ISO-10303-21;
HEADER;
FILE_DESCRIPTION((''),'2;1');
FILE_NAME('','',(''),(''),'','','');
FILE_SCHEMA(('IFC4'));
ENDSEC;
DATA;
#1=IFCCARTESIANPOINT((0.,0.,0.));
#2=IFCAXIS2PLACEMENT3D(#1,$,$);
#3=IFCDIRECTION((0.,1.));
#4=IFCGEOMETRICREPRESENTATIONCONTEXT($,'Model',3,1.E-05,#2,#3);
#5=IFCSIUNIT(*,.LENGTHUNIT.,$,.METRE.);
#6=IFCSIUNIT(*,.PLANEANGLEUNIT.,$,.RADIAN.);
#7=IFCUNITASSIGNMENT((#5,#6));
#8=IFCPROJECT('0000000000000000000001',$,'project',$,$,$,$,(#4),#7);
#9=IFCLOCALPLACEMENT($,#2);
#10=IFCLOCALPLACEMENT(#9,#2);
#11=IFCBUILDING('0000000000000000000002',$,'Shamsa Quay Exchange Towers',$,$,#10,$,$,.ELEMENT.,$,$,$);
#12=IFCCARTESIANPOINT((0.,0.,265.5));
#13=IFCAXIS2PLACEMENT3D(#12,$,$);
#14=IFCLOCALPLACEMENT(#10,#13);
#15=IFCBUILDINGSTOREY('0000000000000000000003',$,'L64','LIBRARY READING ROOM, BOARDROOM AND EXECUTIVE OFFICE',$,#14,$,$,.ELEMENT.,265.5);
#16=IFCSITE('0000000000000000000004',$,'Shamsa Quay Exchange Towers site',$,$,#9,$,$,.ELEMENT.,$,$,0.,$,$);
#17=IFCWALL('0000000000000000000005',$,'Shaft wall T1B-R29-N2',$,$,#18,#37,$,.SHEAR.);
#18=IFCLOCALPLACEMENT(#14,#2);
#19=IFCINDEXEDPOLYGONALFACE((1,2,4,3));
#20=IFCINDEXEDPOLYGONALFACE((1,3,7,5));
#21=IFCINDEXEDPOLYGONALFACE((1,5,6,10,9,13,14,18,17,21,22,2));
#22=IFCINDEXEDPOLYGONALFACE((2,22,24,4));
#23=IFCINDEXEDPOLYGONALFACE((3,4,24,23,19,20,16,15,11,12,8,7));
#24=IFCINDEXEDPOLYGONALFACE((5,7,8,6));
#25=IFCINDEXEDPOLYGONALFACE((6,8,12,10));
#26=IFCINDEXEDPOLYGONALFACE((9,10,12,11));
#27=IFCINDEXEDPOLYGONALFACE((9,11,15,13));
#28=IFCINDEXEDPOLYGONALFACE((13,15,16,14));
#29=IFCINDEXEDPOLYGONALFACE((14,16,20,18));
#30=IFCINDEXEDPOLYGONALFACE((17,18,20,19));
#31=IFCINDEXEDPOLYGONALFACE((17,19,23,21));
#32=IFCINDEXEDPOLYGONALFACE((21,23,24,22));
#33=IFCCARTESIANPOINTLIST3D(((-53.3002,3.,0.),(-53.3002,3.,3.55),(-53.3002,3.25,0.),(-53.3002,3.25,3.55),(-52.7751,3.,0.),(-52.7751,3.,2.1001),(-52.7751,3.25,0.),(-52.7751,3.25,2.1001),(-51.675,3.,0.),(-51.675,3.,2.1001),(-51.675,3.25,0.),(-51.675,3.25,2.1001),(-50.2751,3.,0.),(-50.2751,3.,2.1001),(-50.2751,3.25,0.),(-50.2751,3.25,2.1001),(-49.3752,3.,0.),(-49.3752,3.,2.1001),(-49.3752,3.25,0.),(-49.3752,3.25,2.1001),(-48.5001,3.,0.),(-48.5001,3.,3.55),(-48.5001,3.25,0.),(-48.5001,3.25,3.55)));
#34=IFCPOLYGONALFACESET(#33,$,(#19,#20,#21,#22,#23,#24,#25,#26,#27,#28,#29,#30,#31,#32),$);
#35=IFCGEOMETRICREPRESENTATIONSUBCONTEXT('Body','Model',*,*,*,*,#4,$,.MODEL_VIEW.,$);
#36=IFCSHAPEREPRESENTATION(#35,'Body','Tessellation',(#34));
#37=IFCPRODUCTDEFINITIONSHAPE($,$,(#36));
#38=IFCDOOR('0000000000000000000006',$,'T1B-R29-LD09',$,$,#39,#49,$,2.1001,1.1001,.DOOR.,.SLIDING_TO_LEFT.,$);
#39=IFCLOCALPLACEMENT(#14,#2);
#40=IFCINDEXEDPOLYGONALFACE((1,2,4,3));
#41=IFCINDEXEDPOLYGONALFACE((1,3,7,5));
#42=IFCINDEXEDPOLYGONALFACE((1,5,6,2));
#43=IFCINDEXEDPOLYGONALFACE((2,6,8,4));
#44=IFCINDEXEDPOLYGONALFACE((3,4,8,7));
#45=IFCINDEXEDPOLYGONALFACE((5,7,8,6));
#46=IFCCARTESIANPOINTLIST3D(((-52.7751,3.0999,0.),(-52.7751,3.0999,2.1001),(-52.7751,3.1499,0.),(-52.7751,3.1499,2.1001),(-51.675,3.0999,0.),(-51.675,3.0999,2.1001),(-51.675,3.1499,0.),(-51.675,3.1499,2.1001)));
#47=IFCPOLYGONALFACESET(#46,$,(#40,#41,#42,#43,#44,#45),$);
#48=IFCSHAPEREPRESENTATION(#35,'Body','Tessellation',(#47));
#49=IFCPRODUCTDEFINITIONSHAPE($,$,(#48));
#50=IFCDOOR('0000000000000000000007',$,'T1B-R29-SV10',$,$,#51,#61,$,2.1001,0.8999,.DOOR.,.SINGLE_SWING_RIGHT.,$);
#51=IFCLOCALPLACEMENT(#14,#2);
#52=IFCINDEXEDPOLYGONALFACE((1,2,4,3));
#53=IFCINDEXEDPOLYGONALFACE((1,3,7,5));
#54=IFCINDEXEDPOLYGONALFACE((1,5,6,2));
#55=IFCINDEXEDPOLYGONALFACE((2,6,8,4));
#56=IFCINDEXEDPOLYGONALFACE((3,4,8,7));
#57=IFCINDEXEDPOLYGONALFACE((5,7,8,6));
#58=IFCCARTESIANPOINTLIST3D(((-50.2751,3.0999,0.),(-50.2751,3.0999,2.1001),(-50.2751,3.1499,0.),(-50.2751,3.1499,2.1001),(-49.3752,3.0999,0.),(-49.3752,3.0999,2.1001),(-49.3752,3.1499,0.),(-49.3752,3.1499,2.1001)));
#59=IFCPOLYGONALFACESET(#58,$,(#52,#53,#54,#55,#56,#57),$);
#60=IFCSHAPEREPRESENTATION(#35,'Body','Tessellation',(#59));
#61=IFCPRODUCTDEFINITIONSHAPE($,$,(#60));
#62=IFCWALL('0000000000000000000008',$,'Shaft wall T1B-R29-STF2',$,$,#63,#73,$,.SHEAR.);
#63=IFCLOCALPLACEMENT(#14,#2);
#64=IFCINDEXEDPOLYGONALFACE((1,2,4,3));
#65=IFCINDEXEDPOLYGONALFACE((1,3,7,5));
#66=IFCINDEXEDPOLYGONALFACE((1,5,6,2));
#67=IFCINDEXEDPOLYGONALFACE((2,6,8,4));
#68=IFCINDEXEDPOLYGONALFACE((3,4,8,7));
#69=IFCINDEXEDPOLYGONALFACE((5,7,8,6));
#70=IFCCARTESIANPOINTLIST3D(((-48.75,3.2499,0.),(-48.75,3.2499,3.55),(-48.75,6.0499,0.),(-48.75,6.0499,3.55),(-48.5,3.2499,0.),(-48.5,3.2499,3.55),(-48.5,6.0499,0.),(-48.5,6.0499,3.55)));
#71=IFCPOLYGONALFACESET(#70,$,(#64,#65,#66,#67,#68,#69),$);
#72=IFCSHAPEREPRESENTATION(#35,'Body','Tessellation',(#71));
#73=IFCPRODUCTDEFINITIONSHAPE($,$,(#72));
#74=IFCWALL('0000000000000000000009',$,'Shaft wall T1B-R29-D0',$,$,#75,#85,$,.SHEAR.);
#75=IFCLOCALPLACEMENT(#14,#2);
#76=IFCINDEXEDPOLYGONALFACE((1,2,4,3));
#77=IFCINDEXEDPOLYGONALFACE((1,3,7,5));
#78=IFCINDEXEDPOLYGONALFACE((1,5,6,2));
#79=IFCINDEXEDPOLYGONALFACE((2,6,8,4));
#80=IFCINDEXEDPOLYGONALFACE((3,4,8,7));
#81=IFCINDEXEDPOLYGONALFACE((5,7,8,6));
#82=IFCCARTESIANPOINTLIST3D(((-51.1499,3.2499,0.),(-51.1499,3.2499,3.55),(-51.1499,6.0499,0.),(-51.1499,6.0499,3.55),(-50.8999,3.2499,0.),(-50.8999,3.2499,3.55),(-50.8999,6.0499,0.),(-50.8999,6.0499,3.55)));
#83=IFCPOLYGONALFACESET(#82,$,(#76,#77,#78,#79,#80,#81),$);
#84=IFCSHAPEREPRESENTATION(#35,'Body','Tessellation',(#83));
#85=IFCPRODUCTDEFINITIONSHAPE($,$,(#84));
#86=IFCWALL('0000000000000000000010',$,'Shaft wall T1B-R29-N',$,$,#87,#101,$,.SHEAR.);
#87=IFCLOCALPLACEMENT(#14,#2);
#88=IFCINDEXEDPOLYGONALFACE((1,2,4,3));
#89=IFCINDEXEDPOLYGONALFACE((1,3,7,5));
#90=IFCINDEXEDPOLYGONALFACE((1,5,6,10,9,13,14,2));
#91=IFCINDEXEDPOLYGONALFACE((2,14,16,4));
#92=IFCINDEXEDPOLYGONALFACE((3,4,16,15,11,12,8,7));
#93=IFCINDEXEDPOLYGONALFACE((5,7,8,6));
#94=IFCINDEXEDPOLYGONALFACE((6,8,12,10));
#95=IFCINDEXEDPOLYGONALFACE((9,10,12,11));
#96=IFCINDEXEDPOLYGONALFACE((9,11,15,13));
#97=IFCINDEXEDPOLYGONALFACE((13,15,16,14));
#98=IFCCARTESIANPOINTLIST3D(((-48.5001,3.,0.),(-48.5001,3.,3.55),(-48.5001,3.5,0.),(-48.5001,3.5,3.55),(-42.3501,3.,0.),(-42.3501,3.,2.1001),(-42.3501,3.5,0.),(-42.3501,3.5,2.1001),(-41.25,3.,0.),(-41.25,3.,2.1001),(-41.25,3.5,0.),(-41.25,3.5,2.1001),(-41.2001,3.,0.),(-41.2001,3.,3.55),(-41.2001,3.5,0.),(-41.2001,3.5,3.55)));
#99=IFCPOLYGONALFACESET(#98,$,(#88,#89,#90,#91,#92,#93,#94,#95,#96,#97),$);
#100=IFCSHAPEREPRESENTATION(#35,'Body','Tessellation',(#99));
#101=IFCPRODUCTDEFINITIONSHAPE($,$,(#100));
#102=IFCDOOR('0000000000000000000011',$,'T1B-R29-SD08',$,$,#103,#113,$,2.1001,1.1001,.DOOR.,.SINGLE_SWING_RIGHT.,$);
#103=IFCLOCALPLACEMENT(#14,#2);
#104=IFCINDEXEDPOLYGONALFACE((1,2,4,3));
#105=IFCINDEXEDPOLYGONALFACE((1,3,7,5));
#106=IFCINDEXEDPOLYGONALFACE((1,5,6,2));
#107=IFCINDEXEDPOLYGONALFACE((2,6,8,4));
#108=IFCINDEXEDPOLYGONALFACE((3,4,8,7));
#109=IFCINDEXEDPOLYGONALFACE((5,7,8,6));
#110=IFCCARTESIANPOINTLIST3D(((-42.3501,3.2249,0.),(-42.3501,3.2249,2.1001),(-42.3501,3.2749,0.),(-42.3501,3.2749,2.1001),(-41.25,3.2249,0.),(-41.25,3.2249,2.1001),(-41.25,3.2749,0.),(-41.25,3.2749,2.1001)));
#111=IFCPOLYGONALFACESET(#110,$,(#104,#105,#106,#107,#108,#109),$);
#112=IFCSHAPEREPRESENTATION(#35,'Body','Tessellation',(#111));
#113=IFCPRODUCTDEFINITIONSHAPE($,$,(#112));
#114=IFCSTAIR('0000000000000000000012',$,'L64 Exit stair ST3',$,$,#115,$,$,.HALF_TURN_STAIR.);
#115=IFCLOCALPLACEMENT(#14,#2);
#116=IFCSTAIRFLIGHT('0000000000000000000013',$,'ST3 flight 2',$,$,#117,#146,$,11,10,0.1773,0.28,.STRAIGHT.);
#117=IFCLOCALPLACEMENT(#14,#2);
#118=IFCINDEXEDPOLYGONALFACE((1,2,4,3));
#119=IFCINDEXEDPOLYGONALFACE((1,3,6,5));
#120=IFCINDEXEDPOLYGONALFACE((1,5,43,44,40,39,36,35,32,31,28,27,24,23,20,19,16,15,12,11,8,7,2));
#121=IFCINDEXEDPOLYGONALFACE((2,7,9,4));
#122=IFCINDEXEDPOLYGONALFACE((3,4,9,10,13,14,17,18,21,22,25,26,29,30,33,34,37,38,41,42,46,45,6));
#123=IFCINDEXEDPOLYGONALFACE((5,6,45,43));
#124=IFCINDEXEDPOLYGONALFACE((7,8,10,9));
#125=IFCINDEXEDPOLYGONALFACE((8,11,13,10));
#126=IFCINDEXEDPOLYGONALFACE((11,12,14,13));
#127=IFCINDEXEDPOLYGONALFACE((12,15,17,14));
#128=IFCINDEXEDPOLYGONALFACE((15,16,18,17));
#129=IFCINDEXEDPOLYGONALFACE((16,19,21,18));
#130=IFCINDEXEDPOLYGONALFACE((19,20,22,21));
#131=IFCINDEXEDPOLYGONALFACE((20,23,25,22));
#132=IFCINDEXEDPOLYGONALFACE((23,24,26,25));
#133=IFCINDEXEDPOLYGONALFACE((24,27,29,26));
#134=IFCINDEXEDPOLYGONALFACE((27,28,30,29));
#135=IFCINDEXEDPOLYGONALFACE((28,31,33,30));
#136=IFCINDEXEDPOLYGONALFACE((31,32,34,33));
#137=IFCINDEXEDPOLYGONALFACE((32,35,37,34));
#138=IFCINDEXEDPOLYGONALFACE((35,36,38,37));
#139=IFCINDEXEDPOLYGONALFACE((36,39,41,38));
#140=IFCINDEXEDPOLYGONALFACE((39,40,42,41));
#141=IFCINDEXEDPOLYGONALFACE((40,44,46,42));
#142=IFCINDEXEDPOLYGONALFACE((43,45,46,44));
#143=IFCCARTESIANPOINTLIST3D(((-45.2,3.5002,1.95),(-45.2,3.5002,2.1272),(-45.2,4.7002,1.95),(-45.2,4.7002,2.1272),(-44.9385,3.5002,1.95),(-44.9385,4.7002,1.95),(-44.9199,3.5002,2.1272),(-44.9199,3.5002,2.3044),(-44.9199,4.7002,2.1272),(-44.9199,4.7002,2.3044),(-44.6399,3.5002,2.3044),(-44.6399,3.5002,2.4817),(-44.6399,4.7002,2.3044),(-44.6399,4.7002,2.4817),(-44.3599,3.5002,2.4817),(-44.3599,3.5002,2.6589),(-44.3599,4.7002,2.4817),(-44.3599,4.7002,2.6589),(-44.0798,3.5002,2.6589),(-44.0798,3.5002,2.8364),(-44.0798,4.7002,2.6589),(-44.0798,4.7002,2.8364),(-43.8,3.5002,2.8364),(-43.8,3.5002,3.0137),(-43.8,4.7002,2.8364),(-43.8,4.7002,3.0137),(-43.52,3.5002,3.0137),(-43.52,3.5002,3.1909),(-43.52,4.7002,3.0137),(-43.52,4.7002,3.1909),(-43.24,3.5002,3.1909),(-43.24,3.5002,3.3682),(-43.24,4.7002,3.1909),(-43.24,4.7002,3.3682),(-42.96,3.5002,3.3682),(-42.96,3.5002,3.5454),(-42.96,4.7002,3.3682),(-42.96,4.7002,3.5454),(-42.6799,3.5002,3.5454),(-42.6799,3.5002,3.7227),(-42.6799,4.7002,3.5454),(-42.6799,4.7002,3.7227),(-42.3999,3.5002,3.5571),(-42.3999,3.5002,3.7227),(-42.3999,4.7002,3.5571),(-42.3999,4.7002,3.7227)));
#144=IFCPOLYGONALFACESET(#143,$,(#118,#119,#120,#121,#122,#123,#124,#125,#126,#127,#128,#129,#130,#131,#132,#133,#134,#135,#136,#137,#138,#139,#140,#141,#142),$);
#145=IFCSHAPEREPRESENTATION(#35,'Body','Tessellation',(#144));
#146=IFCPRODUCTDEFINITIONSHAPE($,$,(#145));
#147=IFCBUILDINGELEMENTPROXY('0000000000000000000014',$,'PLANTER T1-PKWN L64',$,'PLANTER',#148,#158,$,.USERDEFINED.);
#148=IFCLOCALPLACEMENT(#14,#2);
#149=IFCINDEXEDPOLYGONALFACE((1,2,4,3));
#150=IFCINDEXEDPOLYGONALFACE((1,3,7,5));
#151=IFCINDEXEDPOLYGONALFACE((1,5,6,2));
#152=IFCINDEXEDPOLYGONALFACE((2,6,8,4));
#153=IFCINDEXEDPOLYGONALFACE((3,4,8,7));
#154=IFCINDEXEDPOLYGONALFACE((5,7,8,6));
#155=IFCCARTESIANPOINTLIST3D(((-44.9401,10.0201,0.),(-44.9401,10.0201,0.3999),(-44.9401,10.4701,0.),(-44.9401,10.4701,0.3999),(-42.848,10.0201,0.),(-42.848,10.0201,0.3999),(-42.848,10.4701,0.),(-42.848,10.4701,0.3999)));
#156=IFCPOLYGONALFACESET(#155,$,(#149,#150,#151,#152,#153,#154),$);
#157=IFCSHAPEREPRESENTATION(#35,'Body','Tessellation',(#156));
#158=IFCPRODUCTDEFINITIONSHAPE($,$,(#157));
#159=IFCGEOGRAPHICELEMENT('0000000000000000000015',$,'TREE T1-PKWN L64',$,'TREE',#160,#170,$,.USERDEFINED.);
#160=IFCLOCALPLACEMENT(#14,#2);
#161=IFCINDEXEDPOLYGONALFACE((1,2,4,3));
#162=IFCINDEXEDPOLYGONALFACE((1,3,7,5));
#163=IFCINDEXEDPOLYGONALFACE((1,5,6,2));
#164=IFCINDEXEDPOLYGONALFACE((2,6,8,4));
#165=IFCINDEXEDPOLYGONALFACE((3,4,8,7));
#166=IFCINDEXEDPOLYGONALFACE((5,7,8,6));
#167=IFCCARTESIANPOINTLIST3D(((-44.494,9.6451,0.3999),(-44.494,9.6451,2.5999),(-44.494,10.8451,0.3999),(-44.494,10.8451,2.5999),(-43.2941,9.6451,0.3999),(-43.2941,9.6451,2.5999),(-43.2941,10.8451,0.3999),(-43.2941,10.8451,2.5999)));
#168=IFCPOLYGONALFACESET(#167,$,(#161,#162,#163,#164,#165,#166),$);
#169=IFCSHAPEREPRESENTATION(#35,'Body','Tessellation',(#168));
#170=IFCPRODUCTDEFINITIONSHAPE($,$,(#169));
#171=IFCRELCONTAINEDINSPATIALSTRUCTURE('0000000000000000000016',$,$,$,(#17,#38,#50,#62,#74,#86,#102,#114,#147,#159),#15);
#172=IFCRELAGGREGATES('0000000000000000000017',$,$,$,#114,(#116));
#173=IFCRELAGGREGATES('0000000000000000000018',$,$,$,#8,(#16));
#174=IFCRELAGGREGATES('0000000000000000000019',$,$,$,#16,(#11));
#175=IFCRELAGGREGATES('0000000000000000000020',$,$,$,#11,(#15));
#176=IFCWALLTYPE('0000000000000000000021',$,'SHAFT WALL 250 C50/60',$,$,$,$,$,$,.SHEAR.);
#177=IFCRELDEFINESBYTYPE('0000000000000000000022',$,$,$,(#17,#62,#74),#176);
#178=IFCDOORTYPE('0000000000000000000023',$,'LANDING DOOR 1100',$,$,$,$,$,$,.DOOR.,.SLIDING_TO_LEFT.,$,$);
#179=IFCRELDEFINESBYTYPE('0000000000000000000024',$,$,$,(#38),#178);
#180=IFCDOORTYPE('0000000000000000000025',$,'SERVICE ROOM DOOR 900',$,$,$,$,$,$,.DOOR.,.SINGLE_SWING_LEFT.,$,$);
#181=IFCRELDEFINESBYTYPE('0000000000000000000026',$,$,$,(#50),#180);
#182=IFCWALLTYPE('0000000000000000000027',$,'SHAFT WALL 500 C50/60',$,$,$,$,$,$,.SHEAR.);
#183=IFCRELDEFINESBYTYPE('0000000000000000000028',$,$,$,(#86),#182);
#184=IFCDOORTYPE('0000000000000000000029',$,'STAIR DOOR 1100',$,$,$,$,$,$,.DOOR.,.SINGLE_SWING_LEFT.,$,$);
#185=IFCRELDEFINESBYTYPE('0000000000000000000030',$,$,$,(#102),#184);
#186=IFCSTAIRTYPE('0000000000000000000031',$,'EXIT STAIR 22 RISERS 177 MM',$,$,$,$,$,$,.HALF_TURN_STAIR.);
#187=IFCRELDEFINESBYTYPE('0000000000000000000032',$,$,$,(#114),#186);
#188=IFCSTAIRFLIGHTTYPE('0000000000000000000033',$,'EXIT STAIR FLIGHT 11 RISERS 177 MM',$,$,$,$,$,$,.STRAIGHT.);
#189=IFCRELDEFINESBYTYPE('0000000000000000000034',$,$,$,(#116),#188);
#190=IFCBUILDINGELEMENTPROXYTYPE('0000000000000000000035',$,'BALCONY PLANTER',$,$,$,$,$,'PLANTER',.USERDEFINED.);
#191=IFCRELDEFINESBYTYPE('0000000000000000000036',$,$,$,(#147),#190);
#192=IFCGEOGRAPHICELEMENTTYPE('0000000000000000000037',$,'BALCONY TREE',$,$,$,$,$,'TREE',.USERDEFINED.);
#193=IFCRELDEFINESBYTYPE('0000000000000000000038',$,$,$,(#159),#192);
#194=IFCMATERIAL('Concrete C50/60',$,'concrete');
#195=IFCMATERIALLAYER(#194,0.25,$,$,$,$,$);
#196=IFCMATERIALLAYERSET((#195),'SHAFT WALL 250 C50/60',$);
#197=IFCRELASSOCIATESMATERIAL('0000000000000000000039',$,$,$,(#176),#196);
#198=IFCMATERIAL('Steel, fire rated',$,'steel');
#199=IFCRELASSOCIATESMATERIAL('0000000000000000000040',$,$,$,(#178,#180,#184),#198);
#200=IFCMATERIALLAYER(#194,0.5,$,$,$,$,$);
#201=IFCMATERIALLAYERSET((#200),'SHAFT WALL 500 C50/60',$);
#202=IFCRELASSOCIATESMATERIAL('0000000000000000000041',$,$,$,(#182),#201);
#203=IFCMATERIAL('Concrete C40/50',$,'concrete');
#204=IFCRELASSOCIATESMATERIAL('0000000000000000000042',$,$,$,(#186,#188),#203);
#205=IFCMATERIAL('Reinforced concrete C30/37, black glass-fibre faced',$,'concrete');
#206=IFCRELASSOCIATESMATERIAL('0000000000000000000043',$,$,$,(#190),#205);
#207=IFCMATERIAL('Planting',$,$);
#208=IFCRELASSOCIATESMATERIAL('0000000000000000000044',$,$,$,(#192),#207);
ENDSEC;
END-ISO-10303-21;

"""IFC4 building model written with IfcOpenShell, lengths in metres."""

from ifc_helpers import new_model, si_unit, direction, frame, frame_2d, origin, origin_2d, place, context, subcontext, project, spatial, polyline, rectangle, outline, extrude, material, layer, layer_set, type_object, element, fill, aggregate, save


model = new_model("IFC4")

# Units and contexts
model_context = context("Model", 3, precision=1e-05, world=origin(), true_north=direction((0.0, 1.0)))
body_context = subcontext(model_context, "Body", "Model", "MODEL_VIEW")
ifc_project = project(units=[si_unit("LENGTHUNIT", "METRE"), si_unit("PLANEANGLEUNIT", "RADIAN")], contexts=[model_context])

# Site, building, storey
site_placement = place(None, origin())
site = spatial("IfcSite", under=ifc_project, at=site_placement, Name="Shamsa Quay Exchange Towers site", CompositionType="ELEMENT", RefElevation=0.0)
building_placement = place(site_placement, origin())
building = spatial("IfcBuilding", under=site, at=building_placement, Name="Shamsa Quay Exchange Towers", CompositionType="ELEMENT")
storey_placement = place(building_placement, frame((0.0, 0.0, 265.5)))
storey = spatial("IfcBuildingStorey", under=building, at=storey_placement, Name="L64", Description="LIBRARY READING ROOM, BOARDROOM AND EXECUTIVE OFFICE", CompositionType="ELEMENT", Elevation=265.5)

# Shared definitions
ifc_material_1 = material(Name="Concrete C50/60", Category="concrete")
ifc_layer_1 = layer(ifc_material_1, 0.25)
ifc_layer_set_1 = layer_set([ifc_layer_1], Name="SHAFT WALL 250 C50/60")
wall_type_1 = type_object("IfcWallType", Name="SHAFT WALL 250 C50/60", PredefinedType="SHEAR", material=ifc_layer_set_1)
ifc_material_2 = material(Name="Steel, fire rated", Category="steel")

# Wall, openings, doors
wall_1_placement = place(storey_placement, frame((-53.3, 3.125, 0.0)))
wall_1 = element("IfcWall", 1, at=wall_1_placement, inside=storey, type_object=wall_type_1, Name="Shaft wall T1B-R29-N2", PredefinedType="SHEAR", context=body_context, shape_type="SweptSolid", body=[
    extrude(rectangle(XDim=4.8, YDim=0.25, at=frame_2d((2.3999, 0.0))), origin(), (0.0, 0.0, 1.0), 3.55),
])
opening_1_placement = place(wall_1_placement, frame((0.5249, 0.0, 0.0)))
opening_1 = element("IfcOpeningElement", 2, at=opening_1_placement, cuts=wall_1, PredefinedType="OPENING", context=body_context, shape_type="SweptSolid", body=[
    extrude(rectangle(XDim=1.1001, YDim=2.1001, at=frame_2d((0.55, 1.05))), frame((0.0, 0.135, 0.0), z_axis=(0.0, -1.0, 0.0), x_axis=(1.0, 0.0, 0.0)), (0.0, 0.0, 1.0), 0.27),
])
opening_2_placement = place(wall_1_placement, frame((3.0249, 0.0, 0.0)))
opening_2 = element("IfcOpeningElement", 3, at=opening_2_placement, cuts=wall_1, PredefinedType="OPENING", context=body_context, shape_type="SweptSolid", body=[
    extrude(rectangle(XDim=0.8999, YDim=2.1001, at=frame_2d((0.45, 1.05))), frame((0.0, 0.135, 0.0), z_axis=(0.0, -1.0, 0.0), x_axis=(1.0, 0.0, 0.0)), (0.0, 0.0, 1.0), 0.27),
])
door_type_1 = type_object("IfcDoorType", Name="LANDING DOOR 1100", OperationType="SLIDING_TO_LEFT", PredefinedType="DOOR", material=ifc_material_2)
door_1_placement = place(opening_1_placement, origin())
door_1 = element("IfcDoor", 4, at=door_1_placement, inside=storey, type_object=door_type_1, Name="T1B-R29-LD09", OperationType="SLIDING_TO_LEFT", OverallHeight=2.1001, OverallWidth=1.1001, PredefinedType="DOOR", context=body_context, shape_type="SweptSolid", body=[
    extrude(rectangle(XDim=1.1001, YDim=2.1001, at=frame_2d((0.55, 1.05))), frame((0.0, 0.0249, 0.0), z_axis=(0.0, -1.0, 0.0), x_axis=(1.0, 0.0, 0.0)), (0.0, 0.0, 1.0), 0.05),
])
fill(opening_1, door_1)
door_type_2 = type_object("IfcDoorType", Name="SERVICE ROOM DOOR 900", OperationType="SINGLE_SWING_LEFT", PredefinedType="DOOR", material=ifc_material_2)
door_2_placement = place(opening_2_placement, origin())
door_2 = element("IfcDoor", 5, at=door_2_placement, inside=storey, type_object=door_type_2, Name="T1B-R29-SV10", OperationType="SINGLE_SWING_RIGHT", OverallHeight=2.1001, OverallWidth=0.8999, PredefinedType="DOOR", context=body_context, shape_type="SweptSolid", body=[
    extrude(rectangle(XDim=0.8999, YDim=2.1001, at=frame_2d((0.45, 1.05))), frame((0.0, 0.0249, 0.0), z_axis=(0.0, -1.0, 0.0), x_axis=(1.0, 0.0, 0.0)), (0.0, 0.0, 1.0), 0.05),
])
fill(opening_2, door_2)

# Walls
for number, where, z_axis, x_axis, name in (
    (6, (-48.625, 3.25, 0.0), (0.0, 0.0, 1.0), (0.0, 1.0, 0.0), "Shaft wall T1B-R29-STF2"),
    (7, (-51.0249, 3.25, 0.0), (0.0, 0.0, 1.0), (0.0, 1.0, 0.0), "Shaft wall T1B-R29-D0"),
):
    element("IfcWall", number, at=place(storey_placement, frame(where, z_axis=z_axis, x_axis=x_axis)), inside=storey, type_object=wall_type_1, Name=name, PredefinedType="SHEAR", context=body_context, shape_type="SweptSolid", body=[
        extrude(rectangle(XDim=2.8, YDim=0.25, at=frame_2d((1.3999, 0.0))), origin(), (0.0, 0.0, 1.0), 3.55),
    ])

# Wall, opening, door
ifc_layer_2 = layer(ifc_material_1, 0.5)
ifc_layer_set_2 = layer_set([ifc_layer_2], Name="SHAFT WALL 500 C50/60")
wall_type_2 = type_object("IfcWallType", Name="SHAFT WALL 500 C50/60", PredefinedType="SHEAR", material=ifc_layer_set_2)
wall_2_placement = place(storey_placement, frame((-48.5, 3.25, 0.0)))
wall_2 = element("IfcWall", 8, at=wall_2_placement, inside=storey, type_object=wall_type_2, Name="Shaft wall T1B-R29-N", PredefinedType="SHEAR", context=body_context, shape_type="SweptSolid", body=[
    extrude(rectangle(XDim=7.3, YDim=0.5, at=frame_2d((3.6499, 0.0))), origin(), (0.0, 0.0, 1.0), 3.55),
])
opening_3_placement = place(wall_2_placement, frame((6.1499, 0.0, 0.0)))
opening_3 = element("IfcOpeningElement", 9, at=opening_3_placement, cuts=wall_2, PredefinedType="OPENING", context=body_context, shape_type="SweptSolid", body=[
    extrude(rectangle(XDim=1.1001, YDim=2.1001, at=frame_2d((0.55, 1.05))), frame((0.0, 0.26, 0.0), z_axis=(0.0, -1.0, 0.0), x_axis=(1.0, 0.0, 0.0)), (0.0, 0.0, 1.0), 0.52),
])
door_type_3 = type_object("IfcDoorType", Name="STAIR DOOR 1100", OperationType="SINGLE_SWING_LEFT", PredefinedType="DOOR", material=ifc_material_2)
door_3_placement = place(opening_3_placement, origin())
door_3 = element("IfcDoor", 10, at=door_3_placement, inside=storey, type_object=door_type_3, Name="T1B-R29-SD08", OperationType="SINGLE_SWING_RIGHT", OverallHeight=2.1001, OverallWidth=1.1001, PredefinedType="DOOR", context=body_context, shape_type="SweptSolid", body=[
    extrude(rectangle(XDim=1.1001, YDim=2.1001, at=frame_2d((0.55, 1.05))), frame((0.0, 0.0249, 0.0), z_axis=(0.0, -1.0, 0.0), x_axis=(1.0, 0.0, 0.0)), (0.0, 0.0, 1.0), 0.05),
])
fill(opening_3, door_3)

# Stair, stair flight
ifc_material_3 = material(Name="Concrete C40/50", Category="concrete")
stair_type = type_object("IfcStairType", Name="EXIT STAIR 22 RISERS 177 MM", PredefinedType="HALF_TURN_STAIR", material=ifc_material_3)
stair_placement = place(storey_placement, origin())
stair = element("IfcStair", 11, at=stair_placement, inside=storey, type_object=stair_type, Name="L64 Exit stair ST3", PredefinedType="HALF_TURN_STAIR")
stair_flight_type = type_object("IfcStairFlightType", Name="EXIT STAIR FLIGHT 11 RISERS 177 MM", PredefinedType="STRAIGHT", material=ifc_material_3)
stair_flight_placement = place(storey_placement, frame((-45.2, 4.1001, 1.95)))
stair_flight = element("IfcStairFlight", 12, at=stair_flight_placement, type_object=stair_flight_type, Name="ST3 flight 2", NumberOfRisers=11, NumberOfTreads=10, PredefinedType="STRAIGHT", RiserHeight=0.1773, TreadLength=0.28, context=body_context, shape_type="SweptSolid", body=[
    extrude(outline(polyline([(0.0, 0.0), (0.0, 0.1772), (0.28, 0.1772), (0.28, 0.3545), (0.5601, 0.3545), (0.5601, 0.5317), (0.8401, 0.5317), (0.8401, 0.709), (1.1201, 0.709), (1.1201, 0.8865), (1.3999, 0.8865), (1.3999, 1.0637), (1.6799, 1.0637), (1.6799, 1.241), (1.96, 1.241), (1.96, 1.4182), (2.24, 1.4182), (2.24, 1.5955), (2.52, 1.5955), (2.52, 1.7727), (2.8, 1.7727), (2.8, 1.95), (2.8, 1.6072), (0.2615, 0.0), (0.0, 0.0)])), frame((0.0, 0.6001, 0.0), z_axis=(0.0, -1.0, 0.0), x_axis=(1.0, 0.0, 0.0)), (0.0, 0.0, 1.0), 1.2),
])
aggregate(stair, [stair_flight])

# Building element proxy
ifc_material_4 = material(Name="Reinforced concrete C30/37, black glass-fibre faced", Category="concrete")
building_element_proxy_type = type_object("IfcBuildingElementProxyType", Name="BALCONY PLANTER", ElementType="PLANTER", PredefinedType="USERDEFINED", material=ifc_material_4)
proxy_placement = place(storey_placement, frame((-43.894, 10.2451, 0.0), z_axis=(0.0, 0.0, 1.0), x_axis=(-1.0, 0.0, 0.0)))
element("IfcBuildingElementProxy", 13, at=proxy_placement, inside=storey, type_object=building_element_proxy_type, Name="PLANTER T1-PKWN L64", ObjectType="PLANTER", PredefinedType="USERDEFINED", context=body_context, shape_type="SweptSolid", body=[
    extrude(rectangle(XDim=2.092, YDim=0.45, at=origin_2d()), origin(), (0.0, 0.0, 1.0), 0.3999),
])

# Geographic element
ifc_material_5 = material(Name="Planting")
geographic_element_type = type_object("IfcGeographicElementType", Name="BALCONY TREE", ElementType="TREE", PredefinedType="USERDEFINED", material=ifc_material_5)
geographic_element_placement = place(storey_placement, frame((-43.894, 10.2451, 0.3999), z_axis=(0.0, 0.0, 1.0), x_axis=(-1.0, 0.0, 0.0)))
element("IfcGeographicElement", 14, at=geographic_element_placement, inside=storey, type_object=geographic_element_type, Name="TREE T1-PKWN L64", ObjectType="TREE", PredefinedType="USERDEFINED", context=body_context, shape_type="SweptSolid", body=[
    extrude(rectangle(XDim=1.2, YDim=1.2, at=origin_2d()), origin(), (0.0, 0.0, 1.0), 2.2),
])

save(model, "model.ifc")
